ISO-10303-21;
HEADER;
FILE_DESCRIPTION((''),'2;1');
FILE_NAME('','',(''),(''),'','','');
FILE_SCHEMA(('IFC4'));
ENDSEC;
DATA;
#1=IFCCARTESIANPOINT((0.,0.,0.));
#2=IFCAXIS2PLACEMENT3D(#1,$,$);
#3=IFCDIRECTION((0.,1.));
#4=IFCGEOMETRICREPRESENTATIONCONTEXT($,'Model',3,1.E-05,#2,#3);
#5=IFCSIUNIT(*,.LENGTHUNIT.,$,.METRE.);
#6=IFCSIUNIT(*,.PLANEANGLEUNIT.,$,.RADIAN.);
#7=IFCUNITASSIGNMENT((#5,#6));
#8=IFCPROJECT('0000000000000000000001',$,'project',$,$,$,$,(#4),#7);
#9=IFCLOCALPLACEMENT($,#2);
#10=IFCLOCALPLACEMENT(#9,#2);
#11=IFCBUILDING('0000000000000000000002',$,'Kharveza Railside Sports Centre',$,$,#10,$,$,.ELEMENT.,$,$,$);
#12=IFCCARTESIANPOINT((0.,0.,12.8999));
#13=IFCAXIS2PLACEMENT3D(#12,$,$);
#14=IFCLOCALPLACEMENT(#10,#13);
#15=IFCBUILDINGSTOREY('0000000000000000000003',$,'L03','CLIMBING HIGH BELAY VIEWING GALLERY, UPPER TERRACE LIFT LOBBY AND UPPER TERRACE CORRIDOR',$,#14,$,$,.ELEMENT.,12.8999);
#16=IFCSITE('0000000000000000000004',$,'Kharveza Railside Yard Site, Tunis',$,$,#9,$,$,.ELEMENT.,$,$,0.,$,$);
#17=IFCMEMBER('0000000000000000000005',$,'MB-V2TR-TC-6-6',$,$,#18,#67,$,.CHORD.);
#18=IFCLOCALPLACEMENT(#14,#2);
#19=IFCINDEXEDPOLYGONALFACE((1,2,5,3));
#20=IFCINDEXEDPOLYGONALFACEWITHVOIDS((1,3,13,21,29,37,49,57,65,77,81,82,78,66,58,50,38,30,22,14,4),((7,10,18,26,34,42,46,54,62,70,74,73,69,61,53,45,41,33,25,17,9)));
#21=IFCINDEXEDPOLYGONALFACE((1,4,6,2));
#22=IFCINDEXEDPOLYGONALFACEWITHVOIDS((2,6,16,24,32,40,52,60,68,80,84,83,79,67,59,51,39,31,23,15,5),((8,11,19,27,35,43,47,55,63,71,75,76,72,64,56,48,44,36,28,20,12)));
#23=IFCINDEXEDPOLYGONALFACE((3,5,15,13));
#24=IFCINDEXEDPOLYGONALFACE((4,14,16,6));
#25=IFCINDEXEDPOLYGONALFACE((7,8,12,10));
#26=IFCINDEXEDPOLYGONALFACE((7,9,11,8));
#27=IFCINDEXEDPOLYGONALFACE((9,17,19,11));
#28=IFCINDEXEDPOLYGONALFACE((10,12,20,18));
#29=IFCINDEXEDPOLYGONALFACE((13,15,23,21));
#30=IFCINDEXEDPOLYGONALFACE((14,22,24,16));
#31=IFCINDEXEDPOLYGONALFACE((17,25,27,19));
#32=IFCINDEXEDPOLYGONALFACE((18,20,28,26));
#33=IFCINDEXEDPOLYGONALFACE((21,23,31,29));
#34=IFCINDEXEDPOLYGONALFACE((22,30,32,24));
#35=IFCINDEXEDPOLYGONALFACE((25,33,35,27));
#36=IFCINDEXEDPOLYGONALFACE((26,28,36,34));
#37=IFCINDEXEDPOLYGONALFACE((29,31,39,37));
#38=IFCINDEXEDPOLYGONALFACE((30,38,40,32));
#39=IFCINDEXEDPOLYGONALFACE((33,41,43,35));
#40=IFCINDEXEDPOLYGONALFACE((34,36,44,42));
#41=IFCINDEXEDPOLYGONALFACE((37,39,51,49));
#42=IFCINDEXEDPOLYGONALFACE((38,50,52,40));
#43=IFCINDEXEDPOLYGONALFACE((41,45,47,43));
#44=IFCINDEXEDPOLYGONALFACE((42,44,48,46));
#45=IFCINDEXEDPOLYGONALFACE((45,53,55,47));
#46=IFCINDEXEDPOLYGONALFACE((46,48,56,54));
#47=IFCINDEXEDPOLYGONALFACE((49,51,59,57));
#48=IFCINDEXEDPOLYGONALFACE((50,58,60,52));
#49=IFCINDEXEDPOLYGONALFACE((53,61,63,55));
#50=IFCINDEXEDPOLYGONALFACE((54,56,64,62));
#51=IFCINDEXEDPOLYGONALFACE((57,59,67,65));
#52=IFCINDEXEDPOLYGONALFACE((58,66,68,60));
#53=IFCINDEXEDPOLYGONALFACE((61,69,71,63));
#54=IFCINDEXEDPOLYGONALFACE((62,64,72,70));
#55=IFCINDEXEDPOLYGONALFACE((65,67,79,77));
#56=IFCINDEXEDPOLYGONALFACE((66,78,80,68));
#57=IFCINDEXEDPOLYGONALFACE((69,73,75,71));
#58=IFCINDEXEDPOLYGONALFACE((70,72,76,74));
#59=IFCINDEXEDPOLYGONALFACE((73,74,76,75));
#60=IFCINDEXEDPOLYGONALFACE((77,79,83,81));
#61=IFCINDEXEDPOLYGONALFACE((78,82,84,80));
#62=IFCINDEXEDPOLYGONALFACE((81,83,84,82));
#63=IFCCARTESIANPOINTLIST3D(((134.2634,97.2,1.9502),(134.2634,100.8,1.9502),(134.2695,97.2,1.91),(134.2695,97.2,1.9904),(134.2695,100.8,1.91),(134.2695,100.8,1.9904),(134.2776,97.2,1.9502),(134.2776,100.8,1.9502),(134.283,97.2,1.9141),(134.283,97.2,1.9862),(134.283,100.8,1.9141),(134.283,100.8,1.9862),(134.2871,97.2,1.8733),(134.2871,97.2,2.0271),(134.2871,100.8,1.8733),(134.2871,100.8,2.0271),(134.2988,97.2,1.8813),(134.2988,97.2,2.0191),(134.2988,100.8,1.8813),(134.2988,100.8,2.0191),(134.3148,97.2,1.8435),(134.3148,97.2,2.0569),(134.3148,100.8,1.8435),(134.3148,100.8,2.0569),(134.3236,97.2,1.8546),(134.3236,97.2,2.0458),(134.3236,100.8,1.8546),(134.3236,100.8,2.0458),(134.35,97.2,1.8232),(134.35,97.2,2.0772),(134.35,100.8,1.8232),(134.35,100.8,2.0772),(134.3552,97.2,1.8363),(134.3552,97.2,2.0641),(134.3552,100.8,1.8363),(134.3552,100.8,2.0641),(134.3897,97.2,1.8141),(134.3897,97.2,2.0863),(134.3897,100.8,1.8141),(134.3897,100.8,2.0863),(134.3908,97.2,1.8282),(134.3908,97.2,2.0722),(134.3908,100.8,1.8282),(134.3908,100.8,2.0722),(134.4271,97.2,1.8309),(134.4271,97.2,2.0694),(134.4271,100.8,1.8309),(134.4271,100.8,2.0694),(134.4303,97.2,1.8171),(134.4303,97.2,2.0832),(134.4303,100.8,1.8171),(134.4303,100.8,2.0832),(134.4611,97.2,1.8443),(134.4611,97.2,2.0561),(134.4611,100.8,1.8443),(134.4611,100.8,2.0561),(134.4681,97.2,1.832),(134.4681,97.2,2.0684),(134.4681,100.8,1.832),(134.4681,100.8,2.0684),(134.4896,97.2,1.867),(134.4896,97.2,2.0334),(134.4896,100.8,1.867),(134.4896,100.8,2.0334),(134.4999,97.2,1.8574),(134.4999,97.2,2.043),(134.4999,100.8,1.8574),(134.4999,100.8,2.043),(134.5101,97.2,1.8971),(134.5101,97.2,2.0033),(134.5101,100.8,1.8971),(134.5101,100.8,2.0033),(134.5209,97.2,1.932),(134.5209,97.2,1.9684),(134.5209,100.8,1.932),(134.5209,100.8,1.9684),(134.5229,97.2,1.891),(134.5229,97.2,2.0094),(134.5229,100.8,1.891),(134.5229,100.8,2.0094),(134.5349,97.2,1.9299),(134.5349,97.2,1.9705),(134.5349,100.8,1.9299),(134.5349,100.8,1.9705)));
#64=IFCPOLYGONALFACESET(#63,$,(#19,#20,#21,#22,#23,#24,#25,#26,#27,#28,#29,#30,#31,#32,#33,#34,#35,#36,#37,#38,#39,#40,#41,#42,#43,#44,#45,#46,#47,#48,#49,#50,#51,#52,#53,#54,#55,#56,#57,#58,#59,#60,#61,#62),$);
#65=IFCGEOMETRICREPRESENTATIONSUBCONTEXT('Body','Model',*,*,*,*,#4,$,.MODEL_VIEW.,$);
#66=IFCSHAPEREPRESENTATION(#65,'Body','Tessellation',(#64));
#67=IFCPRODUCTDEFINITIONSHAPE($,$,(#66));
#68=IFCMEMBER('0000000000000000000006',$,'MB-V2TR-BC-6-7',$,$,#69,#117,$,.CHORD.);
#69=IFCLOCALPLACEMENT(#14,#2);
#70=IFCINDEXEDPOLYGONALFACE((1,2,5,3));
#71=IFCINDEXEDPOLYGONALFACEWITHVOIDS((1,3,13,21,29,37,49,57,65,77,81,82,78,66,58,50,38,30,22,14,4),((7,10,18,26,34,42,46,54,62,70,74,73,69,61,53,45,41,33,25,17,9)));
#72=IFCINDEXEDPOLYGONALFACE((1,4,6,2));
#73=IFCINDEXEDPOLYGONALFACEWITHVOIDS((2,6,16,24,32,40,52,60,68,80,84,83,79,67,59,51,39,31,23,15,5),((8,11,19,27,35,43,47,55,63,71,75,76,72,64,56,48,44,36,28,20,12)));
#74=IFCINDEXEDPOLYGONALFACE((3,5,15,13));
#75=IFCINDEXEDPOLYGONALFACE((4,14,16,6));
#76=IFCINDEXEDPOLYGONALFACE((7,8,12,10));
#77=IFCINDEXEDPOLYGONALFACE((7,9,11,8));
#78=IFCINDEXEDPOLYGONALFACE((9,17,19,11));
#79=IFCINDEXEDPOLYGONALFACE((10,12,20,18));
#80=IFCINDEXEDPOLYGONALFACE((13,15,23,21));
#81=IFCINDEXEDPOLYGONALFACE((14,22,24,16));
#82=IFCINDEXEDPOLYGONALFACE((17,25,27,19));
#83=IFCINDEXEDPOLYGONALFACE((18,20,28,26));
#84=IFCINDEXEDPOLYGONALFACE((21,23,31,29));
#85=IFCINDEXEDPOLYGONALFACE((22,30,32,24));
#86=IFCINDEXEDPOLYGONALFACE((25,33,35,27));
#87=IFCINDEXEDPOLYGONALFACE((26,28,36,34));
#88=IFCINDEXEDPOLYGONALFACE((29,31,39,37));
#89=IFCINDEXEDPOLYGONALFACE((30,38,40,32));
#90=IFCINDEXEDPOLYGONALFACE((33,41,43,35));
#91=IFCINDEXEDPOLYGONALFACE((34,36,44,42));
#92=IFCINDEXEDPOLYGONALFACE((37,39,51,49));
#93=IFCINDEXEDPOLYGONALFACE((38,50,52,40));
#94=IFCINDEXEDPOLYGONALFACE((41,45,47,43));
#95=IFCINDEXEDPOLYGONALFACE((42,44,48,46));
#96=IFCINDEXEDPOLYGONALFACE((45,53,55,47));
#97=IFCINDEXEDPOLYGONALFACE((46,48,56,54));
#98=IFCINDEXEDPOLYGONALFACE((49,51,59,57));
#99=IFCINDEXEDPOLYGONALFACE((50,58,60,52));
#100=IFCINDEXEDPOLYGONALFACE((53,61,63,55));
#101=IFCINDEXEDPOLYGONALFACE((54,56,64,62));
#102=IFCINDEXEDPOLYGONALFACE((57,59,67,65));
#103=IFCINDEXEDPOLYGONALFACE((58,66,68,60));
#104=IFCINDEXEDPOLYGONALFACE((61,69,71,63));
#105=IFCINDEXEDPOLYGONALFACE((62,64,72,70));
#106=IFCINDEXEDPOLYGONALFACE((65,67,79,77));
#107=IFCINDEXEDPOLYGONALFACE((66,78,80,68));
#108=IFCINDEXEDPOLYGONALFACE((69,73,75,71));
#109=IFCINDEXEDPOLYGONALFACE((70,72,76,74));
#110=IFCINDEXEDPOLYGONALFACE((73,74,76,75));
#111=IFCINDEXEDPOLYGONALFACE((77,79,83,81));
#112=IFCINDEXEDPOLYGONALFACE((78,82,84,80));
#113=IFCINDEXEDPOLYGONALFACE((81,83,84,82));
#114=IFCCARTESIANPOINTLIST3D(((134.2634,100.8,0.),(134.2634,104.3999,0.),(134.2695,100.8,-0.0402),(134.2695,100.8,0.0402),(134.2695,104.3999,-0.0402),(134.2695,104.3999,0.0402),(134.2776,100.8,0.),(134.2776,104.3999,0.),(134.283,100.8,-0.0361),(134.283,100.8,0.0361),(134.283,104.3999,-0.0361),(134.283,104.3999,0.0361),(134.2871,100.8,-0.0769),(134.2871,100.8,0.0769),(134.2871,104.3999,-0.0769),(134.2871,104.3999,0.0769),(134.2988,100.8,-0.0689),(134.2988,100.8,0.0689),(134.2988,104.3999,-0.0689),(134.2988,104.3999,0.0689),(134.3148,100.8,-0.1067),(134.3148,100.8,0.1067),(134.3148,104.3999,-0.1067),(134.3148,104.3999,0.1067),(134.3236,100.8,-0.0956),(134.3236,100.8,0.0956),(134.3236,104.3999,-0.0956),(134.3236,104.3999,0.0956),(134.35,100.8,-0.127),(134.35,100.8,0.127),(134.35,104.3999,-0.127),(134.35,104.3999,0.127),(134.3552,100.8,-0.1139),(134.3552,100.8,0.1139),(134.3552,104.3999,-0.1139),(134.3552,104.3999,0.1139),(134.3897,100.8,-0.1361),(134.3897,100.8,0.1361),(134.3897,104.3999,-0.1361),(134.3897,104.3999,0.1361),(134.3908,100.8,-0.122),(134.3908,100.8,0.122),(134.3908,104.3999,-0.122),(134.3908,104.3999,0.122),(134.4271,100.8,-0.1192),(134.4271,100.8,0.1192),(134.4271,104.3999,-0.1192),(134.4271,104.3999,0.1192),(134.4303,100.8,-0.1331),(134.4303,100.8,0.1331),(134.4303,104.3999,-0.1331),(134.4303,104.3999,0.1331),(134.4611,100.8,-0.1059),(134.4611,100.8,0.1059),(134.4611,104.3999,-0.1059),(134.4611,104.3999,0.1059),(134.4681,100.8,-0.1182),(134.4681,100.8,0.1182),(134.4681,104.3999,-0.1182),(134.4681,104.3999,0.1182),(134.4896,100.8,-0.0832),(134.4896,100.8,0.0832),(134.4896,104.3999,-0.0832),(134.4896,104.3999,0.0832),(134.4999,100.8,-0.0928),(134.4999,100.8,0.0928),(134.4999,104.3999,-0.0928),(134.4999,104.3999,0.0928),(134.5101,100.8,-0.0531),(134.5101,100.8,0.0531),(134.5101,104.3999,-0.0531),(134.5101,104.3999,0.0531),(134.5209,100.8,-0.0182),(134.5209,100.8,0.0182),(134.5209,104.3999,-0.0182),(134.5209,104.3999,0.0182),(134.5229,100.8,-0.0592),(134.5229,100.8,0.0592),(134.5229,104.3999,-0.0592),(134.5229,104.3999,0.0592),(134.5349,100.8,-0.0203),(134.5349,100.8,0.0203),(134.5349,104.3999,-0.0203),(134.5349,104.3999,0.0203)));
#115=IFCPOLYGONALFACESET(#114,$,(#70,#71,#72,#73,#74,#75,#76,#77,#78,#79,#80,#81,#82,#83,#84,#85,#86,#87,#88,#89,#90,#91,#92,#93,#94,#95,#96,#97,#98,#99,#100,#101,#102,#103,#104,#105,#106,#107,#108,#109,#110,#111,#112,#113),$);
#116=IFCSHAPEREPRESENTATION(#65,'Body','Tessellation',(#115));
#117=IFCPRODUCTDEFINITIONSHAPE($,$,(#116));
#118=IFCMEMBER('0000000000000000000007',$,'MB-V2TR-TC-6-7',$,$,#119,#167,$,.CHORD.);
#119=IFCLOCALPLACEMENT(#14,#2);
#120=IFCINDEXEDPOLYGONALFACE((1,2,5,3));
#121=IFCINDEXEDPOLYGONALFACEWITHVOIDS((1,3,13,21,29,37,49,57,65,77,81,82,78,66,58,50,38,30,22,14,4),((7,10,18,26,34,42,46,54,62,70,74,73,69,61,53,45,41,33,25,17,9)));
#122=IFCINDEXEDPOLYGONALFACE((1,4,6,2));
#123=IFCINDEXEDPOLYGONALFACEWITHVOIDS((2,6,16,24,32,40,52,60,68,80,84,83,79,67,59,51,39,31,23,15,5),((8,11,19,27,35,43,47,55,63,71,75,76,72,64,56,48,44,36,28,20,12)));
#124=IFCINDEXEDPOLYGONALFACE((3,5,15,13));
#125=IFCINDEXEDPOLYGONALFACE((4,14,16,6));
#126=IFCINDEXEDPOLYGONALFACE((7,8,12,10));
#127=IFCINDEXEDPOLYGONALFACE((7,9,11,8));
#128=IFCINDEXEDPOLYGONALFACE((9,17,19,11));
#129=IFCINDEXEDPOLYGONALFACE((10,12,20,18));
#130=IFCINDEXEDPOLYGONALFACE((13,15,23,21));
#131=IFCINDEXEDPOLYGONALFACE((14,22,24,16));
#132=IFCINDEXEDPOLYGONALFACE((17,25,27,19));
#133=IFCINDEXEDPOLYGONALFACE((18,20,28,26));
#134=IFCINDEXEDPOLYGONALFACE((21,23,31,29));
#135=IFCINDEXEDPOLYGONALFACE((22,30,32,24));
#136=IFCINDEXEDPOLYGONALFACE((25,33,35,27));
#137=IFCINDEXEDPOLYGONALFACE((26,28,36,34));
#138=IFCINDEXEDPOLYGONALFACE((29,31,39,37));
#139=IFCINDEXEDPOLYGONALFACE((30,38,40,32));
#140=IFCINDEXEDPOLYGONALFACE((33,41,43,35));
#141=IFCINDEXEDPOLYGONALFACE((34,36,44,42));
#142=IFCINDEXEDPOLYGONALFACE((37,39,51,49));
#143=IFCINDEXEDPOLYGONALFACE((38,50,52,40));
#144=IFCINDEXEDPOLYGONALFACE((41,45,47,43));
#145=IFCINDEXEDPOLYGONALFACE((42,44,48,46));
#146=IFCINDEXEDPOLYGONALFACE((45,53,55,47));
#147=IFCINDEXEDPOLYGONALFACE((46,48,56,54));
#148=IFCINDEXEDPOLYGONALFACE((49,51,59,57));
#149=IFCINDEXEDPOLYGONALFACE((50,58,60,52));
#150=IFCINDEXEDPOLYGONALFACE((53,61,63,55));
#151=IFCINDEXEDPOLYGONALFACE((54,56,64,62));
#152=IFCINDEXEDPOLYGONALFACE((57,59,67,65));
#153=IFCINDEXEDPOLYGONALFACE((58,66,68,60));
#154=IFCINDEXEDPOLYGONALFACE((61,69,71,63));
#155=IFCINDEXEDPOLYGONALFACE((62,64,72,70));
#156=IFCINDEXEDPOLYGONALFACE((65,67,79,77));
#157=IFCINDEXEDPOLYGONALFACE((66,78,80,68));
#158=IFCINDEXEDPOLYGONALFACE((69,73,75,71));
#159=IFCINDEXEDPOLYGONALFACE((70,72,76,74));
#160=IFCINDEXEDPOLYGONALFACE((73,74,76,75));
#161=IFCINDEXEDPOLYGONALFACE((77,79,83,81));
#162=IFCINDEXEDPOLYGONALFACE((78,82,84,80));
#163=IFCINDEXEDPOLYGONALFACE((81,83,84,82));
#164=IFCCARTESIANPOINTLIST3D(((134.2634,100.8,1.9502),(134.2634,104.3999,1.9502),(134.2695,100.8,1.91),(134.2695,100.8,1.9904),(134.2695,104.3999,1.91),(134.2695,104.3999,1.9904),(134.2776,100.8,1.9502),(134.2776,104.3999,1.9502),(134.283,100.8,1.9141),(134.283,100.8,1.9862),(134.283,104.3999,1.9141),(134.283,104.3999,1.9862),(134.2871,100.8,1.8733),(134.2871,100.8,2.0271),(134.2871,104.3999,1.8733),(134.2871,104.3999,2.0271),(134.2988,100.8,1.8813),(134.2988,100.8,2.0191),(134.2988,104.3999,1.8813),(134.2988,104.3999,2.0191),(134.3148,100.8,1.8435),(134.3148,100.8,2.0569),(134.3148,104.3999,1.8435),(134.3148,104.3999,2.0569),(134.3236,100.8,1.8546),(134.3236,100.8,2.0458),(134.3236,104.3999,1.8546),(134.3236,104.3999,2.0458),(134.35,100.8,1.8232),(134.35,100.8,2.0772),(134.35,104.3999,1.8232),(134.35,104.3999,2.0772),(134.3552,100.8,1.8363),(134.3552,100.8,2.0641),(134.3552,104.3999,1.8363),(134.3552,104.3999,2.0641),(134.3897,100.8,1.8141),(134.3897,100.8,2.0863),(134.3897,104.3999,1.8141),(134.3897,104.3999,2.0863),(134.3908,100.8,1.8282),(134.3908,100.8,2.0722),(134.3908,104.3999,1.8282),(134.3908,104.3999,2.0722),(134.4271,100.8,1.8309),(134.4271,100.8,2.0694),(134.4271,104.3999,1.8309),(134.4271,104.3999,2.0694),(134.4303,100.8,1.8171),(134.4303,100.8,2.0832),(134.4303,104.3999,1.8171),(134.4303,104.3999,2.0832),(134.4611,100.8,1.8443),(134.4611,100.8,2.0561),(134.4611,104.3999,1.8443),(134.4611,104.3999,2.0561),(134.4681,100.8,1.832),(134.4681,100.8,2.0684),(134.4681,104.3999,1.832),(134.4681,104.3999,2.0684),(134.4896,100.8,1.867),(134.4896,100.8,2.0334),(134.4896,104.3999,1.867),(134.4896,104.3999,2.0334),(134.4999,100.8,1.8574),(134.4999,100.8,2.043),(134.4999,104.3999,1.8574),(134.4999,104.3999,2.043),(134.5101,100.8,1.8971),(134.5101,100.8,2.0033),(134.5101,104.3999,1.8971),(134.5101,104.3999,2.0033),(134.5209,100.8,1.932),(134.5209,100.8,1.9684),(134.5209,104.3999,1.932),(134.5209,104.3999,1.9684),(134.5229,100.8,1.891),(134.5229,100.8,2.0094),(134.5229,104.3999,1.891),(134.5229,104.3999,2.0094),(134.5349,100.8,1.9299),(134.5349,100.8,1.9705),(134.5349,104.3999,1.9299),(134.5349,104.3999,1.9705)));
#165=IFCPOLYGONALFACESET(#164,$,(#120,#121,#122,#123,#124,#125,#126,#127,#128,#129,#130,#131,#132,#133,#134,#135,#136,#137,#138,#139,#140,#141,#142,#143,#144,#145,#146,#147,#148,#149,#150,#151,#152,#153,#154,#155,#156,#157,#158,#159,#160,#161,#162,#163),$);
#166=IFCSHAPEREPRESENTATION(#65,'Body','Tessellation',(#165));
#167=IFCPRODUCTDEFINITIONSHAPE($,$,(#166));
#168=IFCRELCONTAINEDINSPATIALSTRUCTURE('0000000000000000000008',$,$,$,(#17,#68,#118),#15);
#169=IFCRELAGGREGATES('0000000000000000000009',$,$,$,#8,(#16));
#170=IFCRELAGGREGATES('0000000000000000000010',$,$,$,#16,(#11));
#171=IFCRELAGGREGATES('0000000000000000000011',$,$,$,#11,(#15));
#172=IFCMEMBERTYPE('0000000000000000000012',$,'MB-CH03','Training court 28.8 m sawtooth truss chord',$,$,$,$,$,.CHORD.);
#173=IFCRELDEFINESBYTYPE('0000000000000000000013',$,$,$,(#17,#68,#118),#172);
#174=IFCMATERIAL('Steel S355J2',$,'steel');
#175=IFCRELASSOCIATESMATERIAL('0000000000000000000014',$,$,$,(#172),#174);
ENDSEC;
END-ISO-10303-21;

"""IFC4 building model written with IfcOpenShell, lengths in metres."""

from ifc_helpers import new_model, si_unit, direction, frame, origin, origin_2d, place, context, subcontext, project, spatial, hollow_circle, extrude, material, material_profile, profile_set, type_object, element, save


model = new_model("IFC4")

# Units and contexts
model_context = context("Model", 3, precision=1e-05, world=origin(), true_north=direction((0.0, 1.0)))
body_context = subcontext(model_context, "Body", "Model", "MODEL_VIEW")
ifc_project = project(units=[si_unit("LENGTHUNIT", "METRE"), si_unit("PLANEANGLEUNIT", "RADIAN")], contexts=[model_context])

# Site, building, storey
site_placement = place(None, origin())
site = spatial("IfcSite", under=ifc_project, at=site_placement, Name="Kharveza Railside Yard Site, Tunis", CompositionType="ELEMENT", RefElevation=0.0)
building_placement = place(site_placement, origin())
building = spatial("IfcBuilding", under=site, at=building_placement, Name="Kharveza Railside Sports Centre", CompositionType="ELEMENT")
storey_placement = place(building_placement, frame((0.0, 0.0, 12.8999)))
storey = spatial("IfcBuildingStorey", under=building, at=storey_placement, Name="L03", Description="CLIMBING HIGH BELAY VIEWING GALLERY, UPPER TERRACE LIFT LOBBY AND UPPER TERRACE CORRIDOR", CompositionType="ELEMENT", Elevation=12.8999)

# Shared definitions
ifc_material_1 = material(Name="Steel S355J2", Category="steel")

# Members
ifc_material_profile_1 = material_profile(ifc_material_1, hollow_circle(Radius=0.1365, WallThickness=0.0142, at=origin_2d()), Name="CHS 273.0x14.2")
ifc_profile_set_1 = profile_set([ifc_material_profile_1], Name="Steel S355J2")
member_type_1 = type_object("IfcMemberType", Name="MB-CH03", Description="Training court 28.8 m sawtooth truss chord", PredefinedType="CHORD", material=ifc_profile_set_1)
for number, where, z_axis, x_axis, name in (
    (1, (134.3999, 97.2, 1.9502), (0.0, 1.0, 0.0), (-1.0, 0.0, 0.0), "MB-V2TR-TC-6-6"),
):
    element("IfcMember", number, at=place(storey_placement, frame(where, z_axis=z_axis, x_axis=x_axis)), inside=storey, type_object=member_type_1, Name=name, PredefinedType="CHORD", context=body_context, shape_type="SweptSolid", body=[
        extrude(hollow_circle(Radius=0.1365, WallThickness=0.0142, at=origin_2d()), origin(), (0.0, 0.0, 1.0), 3.6001),
    ])
for number, where, z_axis, x_axis, name in (
    (2, (134.3999, 100.8, 0.0), (0.0, 1.0, 0.0), (-1.0, 0.0, 0.0), "MB-V2TR-BC-6-7"),
    (3, (134.3999, 100.8, 1.9502), (0.0, 1.0, 0.0), (-1.0, 0.0, 0.0), "MB-V2TR-TC-6-7"),
):
    element("IfcMember", number, at=place(storey_placement, frame(where, z_axis=z_axis, x_axis=x_axis)), inside=storey, type_object=member_type_1, Name=name, PredefinedType="CHORD", context=body_context, shape_type="SweptSolid", body=[
        extrude(hollow_circle(Radius=0.1365, WallThickness=0.0142, at=origin_2d()), origin(), (0.0, 0.0, 1.0), 3.5999),
    ])

save(model, "model.ifc")
